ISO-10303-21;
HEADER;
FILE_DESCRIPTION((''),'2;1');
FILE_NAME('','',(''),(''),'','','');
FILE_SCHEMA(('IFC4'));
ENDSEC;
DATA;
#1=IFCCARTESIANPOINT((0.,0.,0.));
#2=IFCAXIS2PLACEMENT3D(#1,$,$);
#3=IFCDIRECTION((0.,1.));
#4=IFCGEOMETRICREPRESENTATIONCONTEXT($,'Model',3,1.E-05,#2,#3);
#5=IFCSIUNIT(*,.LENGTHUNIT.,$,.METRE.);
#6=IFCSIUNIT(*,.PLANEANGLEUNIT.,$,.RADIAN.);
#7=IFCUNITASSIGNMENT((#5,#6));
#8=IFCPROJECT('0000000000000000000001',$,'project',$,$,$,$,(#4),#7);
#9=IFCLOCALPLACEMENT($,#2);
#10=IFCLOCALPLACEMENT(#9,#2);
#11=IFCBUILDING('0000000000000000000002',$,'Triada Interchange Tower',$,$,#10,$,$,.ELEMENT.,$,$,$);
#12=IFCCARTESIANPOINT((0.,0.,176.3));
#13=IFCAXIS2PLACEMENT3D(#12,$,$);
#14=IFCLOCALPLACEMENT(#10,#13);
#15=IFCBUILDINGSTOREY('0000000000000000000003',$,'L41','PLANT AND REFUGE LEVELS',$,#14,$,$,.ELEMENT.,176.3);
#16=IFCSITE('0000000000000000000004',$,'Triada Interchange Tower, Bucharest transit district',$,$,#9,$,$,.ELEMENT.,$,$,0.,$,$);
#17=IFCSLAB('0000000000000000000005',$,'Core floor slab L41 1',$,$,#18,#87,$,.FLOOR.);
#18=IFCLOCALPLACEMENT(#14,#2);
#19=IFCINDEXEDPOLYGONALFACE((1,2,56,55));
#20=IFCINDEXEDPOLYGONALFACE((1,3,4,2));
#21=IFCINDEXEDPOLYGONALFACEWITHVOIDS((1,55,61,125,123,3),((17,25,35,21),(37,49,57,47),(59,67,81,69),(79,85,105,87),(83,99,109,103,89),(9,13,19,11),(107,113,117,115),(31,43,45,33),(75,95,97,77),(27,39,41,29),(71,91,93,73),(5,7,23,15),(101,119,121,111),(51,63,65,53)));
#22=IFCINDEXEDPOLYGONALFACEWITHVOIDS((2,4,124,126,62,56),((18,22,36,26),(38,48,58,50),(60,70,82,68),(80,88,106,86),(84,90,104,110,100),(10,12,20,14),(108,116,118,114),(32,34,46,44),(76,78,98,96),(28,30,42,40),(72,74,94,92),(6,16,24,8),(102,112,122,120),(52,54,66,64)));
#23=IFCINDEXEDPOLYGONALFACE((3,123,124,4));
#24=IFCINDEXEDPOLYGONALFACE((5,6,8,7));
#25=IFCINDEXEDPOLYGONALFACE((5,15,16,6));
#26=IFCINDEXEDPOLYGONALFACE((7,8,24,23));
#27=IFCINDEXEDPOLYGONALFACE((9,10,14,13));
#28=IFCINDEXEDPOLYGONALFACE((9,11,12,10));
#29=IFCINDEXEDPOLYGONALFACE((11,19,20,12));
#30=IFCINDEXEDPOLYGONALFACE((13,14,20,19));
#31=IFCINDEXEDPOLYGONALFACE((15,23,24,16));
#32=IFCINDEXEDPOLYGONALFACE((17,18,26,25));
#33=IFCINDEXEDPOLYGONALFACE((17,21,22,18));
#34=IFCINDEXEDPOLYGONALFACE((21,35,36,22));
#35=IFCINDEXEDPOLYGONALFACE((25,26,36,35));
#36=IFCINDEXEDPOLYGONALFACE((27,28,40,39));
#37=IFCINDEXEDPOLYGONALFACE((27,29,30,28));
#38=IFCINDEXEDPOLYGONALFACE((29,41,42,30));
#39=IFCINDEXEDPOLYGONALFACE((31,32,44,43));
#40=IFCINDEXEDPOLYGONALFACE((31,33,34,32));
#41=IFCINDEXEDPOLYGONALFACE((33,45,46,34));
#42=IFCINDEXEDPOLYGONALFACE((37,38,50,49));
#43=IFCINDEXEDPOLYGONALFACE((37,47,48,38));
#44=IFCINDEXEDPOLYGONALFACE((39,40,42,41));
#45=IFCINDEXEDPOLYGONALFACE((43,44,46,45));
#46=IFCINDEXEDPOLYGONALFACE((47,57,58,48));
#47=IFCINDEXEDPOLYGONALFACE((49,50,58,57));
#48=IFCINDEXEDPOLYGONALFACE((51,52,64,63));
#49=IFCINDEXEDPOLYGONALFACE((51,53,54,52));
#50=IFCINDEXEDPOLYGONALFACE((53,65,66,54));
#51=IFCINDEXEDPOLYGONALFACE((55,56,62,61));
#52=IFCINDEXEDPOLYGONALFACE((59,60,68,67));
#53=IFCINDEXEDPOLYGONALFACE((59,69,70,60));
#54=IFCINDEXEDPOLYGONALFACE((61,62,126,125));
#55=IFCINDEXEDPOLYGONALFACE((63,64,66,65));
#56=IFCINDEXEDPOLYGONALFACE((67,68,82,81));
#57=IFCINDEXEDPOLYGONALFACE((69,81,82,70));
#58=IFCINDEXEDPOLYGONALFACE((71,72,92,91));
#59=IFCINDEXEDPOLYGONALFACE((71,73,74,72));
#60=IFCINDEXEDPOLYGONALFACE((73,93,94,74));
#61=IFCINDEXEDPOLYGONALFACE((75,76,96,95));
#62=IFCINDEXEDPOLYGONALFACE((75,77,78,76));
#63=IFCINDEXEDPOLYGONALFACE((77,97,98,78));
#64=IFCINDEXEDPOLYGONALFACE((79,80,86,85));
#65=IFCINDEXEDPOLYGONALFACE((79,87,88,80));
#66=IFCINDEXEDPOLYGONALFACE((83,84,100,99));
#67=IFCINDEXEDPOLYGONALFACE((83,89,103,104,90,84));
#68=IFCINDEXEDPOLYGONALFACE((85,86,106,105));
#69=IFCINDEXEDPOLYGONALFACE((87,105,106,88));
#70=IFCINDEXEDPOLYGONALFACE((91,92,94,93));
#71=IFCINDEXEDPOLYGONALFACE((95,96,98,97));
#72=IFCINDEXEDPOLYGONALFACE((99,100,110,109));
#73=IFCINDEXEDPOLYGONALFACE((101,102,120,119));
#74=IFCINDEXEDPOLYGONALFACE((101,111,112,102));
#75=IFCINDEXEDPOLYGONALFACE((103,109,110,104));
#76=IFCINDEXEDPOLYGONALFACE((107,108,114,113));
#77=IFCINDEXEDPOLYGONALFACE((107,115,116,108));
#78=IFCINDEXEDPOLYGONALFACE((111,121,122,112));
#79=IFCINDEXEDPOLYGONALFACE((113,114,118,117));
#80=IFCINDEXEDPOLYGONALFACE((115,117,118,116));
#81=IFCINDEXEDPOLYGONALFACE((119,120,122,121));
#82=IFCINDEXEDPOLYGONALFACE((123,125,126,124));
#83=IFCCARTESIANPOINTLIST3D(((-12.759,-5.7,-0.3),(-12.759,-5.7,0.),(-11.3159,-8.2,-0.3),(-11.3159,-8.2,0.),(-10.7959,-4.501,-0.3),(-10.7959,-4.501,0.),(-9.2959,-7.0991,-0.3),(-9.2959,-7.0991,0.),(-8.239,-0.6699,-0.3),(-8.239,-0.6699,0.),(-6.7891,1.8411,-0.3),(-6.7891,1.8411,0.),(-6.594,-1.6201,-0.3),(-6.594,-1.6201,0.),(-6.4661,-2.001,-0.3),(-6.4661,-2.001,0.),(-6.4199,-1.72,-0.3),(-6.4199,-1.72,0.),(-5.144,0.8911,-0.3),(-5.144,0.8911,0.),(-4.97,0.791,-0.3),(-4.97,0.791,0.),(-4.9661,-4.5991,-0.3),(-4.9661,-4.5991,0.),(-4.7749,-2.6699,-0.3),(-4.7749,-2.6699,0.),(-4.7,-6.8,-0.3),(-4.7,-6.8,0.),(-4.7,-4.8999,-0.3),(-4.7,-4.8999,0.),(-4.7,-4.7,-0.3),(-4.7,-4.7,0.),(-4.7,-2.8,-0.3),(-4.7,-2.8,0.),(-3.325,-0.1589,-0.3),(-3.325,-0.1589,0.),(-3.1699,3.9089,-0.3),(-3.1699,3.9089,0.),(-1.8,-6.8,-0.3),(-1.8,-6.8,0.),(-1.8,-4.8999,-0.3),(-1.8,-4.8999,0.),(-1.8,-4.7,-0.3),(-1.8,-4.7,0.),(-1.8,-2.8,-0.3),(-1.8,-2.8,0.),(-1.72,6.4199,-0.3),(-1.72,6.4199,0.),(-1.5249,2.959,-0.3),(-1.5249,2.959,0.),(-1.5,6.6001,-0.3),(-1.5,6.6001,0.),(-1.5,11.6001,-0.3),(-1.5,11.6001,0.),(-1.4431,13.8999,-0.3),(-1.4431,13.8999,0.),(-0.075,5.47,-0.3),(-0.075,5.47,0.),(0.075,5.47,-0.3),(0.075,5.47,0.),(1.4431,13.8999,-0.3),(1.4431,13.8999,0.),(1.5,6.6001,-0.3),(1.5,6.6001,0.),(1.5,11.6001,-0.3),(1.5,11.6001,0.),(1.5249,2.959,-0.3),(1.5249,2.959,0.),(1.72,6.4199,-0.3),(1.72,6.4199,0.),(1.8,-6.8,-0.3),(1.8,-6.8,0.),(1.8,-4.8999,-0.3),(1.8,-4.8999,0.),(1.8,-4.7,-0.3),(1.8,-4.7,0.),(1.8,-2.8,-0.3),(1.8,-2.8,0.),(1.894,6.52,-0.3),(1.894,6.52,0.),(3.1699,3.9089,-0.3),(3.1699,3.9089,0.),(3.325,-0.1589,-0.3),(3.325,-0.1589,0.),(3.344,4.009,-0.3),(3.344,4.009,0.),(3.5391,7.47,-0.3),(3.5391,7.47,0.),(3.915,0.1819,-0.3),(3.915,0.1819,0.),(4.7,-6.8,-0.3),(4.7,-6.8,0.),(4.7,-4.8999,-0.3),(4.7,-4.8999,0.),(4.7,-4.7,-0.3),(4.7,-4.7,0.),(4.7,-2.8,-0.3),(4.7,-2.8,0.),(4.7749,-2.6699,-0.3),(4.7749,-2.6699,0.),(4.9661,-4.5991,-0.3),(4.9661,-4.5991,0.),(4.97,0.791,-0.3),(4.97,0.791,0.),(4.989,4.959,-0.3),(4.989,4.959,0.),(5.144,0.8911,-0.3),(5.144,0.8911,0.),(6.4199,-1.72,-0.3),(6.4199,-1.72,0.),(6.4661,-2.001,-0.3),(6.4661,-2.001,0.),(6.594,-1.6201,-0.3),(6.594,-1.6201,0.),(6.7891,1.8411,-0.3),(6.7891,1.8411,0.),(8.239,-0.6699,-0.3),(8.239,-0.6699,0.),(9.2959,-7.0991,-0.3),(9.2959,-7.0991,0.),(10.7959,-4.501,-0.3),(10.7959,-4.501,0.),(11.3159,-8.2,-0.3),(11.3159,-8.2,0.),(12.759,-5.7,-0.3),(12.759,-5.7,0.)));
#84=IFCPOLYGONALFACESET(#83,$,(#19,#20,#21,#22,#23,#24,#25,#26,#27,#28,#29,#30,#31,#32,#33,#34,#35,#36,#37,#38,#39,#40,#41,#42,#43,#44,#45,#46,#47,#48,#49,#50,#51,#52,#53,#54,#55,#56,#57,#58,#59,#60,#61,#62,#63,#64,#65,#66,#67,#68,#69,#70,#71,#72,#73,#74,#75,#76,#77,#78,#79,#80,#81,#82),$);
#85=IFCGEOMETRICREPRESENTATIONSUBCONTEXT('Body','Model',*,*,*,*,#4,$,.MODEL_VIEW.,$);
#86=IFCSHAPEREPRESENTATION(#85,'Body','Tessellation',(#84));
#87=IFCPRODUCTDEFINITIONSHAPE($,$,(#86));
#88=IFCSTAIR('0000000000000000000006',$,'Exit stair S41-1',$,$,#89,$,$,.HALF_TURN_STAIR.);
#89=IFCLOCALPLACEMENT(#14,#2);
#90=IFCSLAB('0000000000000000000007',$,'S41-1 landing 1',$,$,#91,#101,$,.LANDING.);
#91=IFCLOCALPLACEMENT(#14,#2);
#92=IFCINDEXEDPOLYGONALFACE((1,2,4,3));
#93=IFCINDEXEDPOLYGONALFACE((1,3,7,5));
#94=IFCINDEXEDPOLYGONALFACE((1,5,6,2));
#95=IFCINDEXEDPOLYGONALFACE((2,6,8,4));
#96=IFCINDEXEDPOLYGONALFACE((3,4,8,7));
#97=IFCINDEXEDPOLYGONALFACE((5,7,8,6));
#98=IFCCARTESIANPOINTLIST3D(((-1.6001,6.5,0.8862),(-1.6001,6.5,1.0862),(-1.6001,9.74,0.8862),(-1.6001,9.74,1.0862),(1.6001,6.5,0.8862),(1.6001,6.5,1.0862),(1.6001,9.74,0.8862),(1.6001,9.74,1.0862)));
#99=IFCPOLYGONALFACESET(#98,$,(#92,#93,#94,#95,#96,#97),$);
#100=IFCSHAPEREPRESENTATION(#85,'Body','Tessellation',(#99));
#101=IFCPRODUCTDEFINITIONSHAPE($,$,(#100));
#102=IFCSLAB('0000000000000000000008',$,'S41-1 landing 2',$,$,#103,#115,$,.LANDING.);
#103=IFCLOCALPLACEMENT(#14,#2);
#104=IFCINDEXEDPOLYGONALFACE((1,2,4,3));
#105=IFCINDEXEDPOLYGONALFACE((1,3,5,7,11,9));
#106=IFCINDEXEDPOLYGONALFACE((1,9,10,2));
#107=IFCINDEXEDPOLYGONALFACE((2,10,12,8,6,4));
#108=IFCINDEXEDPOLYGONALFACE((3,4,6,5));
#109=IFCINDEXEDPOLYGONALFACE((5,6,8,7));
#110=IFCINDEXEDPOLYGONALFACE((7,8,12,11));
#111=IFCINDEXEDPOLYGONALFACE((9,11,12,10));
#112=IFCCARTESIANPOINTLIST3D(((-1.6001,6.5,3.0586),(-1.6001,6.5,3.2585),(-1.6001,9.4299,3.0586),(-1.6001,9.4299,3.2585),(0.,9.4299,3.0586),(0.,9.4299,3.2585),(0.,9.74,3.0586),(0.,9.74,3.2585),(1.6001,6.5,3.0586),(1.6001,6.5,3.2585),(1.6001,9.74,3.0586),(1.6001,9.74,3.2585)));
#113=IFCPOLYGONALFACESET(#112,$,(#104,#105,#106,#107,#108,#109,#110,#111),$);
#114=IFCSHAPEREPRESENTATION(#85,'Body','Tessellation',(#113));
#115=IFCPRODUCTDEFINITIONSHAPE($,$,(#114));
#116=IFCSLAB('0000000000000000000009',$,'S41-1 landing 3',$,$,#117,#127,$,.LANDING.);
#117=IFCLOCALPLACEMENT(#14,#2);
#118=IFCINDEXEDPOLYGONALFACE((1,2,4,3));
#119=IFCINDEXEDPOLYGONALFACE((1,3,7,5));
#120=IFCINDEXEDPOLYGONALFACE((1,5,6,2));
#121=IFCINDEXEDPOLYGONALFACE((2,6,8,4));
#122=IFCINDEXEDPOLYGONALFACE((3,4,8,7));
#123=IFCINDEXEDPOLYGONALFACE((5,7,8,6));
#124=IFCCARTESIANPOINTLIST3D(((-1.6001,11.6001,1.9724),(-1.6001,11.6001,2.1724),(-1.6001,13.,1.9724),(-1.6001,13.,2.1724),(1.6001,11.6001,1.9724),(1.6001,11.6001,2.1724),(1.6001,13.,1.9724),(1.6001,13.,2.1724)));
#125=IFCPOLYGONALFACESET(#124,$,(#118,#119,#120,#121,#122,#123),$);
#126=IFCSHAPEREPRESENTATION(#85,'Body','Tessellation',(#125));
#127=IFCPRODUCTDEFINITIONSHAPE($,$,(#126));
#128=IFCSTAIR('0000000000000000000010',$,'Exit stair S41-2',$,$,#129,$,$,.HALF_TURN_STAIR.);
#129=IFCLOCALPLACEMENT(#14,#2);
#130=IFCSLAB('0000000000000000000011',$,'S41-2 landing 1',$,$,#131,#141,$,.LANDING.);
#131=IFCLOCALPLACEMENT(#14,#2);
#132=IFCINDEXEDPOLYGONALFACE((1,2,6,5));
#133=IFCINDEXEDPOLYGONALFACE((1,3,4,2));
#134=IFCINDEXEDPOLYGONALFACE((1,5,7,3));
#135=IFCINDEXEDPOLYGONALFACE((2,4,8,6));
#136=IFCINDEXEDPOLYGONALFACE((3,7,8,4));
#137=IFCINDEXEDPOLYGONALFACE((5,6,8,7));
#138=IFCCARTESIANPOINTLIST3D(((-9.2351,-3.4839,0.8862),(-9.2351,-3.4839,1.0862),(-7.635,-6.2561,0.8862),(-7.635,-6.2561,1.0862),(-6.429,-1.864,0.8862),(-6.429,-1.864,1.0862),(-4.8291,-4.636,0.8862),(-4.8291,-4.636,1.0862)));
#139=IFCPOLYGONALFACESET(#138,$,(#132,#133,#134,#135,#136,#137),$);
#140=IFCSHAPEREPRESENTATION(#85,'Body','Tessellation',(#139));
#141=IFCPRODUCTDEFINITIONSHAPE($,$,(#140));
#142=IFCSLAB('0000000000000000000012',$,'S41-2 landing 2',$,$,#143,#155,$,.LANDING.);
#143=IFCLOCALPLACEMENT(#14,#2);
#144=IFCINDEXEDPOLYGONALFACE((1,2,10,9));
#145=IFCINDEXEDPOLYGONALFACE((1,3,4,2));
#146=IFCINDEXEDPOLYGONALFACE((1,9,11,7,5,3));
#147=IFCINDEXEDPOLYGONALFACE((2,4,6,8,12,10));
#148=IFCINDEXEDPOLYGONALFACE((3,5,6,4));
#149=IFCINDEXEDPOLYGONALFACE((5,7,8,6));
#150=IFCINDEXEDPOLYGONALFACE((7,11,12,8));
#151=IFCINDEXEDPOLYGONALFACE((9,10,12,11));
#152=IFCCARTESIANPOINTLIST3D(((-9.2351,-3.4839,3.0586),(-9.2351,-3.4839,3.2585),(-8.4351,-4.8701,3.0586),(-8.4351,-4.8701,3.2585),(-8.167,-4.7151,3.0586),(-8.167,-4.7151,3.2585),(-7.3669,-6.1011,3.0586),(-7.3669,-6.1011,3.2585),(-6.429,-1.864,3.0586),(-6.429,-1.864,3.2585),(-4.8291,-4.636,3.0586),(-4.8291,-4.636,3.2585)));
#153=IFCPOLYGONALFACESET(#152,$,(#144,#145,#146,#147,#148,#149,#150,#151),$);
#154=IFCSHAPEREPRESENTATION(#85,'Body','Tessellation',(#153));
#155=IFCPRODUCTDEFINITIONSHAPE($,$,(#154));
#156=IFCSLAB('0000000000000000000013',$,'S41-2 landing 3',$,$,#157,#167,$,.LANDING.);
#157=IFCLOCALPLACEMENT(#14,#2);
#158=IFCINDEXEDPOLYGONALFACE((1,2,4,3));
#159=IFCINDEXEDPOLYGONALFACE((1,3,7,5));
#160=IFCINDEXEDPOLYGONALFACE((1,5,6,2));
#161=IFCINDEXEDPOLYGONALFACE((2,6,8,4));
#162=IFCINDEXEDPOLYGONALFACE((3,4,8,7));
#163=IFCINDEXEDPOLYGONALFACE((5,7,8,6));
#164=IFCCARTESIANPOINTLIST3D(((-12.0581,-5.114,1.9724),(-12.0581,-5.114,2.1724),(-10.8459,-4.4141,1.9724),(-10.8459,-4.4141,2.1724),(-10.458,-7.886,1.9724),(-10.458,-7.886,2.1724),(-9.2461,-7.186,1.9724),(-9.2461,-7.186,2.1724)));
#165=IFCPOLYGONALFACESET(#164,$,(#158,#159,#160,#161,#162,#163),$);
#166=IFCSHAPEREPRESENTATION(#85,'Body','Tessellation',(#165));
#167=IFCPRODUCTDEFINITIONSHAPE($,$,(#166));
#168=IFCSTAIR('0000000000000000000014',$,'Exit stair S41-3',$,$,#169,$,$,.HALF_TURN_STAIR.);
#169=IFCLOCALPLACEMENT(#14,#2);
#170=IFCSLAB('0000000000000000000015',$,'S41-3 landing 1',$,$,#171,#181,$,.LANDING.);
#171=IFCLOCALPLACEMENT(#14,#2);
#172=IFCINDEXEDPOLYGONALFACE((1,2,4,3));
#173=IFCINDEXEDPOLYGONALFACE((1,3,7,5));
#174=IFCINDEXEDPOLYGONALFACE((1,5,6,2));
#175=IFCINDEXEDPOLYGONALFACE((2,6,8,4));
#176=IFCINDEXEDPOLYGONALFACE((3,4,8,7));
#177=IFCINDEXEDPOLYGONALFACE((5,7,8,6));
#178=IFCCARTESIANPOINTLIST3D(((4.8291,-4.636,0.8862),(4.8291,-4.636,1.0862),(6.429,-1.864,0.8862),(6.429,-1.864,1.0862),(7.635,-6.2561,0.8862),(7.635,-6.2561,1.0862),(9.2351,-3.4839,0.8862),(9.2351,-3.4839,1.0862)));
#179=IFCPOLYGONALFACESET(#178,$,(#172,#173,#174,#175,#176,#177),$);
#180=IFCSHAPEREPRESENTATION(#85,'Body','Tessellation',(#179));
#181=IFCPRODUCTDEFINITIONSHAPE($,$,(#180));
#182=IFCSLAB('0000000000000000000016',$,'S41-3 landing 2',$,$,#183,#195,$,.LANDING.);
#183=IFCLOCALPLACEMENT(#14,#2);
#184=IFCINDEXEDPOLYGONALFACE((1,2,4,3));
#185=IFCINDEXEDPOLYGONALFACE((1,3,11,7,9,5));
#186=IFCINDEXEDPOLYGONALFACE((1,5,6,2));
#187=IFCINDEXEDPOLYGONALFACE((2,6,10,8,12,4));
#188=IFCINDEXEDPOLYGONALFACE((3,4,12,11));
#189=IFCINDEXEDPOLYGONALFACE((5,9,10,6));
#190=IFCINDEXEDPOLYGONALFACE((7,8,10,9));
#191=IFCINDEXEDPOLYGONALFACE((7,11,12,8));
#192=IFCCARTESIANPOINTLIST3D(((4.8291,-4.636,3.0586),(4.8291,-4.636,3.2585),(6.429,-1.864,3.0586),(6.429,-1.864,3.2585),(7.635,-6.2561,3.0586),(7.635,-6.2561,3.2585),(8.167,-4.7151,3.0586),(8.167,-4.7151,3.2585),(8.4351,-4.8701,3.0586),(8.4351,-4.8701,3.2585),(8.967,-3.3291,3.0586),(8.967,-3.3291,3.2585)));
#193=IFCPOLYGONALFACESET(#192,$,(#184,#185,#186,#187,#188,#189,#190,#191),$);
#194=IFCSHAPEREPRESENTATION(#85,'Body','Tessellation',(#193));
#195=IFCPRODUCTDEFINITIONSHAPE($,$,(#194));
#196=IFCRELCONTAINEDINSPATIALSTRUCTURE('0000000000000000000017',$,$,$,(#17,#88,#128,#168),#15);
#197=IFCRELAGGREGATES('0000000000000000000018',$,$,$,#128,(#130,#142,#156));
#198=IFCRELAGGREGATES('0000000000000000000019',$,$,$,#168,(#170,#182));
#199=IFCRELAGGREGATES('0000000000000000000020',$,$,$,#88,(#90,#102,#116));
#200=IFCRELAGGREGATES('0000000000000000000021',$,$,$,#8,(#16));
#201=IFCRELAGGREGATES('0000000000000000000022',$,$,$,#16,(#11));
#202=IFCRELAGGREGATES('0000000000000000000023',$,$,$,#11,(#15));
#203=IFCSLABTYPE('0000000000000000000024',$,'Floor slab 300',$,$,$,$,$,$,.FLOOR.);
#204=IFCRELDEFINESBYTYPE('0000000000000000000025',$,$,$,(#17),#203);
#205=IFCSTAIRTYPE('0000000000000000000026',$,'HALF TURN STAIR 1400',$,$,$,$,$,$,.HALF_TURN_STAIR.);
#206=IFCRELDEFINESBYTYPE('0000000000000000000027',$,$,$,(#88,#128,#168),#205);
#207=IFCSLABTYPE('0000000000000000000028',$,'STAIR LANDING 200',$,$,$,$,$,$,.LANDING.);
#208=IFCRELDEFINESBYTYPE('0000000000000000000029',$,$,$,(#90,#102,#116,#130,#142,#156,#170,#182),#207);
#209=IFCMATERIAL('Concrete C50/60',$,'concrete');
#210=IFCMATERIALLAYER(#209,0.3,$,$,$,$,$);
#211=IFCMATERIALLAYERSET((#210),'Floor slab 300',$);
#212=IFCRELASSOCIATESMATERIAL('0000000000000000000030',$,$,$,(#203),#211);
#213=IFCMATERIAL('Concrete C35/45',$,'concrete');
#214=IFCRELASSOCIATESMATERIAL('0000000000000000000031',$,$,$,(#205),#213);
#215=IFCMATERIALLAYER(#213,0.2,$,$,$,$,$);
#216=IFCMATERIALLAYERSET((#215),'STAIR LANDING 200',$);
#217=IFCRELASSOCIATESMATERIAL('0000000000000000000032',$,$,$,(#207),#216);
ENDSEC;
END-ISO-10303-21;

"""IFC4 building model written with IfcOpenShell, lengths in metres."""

from ifc_helpers import new_model, si_unit, direction, frame, origin, place, context, subcontext, project, spatial, polyline, outline, extrude, material, layer, layer_set, type_object, element, aggregate, save


model = new_model("IFC4")

# Units and contexts
model_context = context("Model", 3, precision=1e-05, world=origin(), true_north=direction((0.0, 1.0)))
body_context = subcontext(model_context, "Body", "Model", "MODEL_VIEW")
ifc_project = project(units=[si_unit("LENGTHUNIT", "METRE"), si_unit("PLANEANGLEUNIT", "RADIAN")], contexts=[model_context])

# Site, building, storey
site_placement = place(None, origin())
site = spatial("IfcSite", under=ifc_project, at=site_placement, Name="Triada Interchange Tower, Bucharest transit district", CompositionType="ELEMENT", RefElevation=0.0)
building_placement = place(site_placement, origin())
building = spatial("IfcBuilding", under=site, at=building_placement, Name="Triada Interchange Tower", CompositionType="ELEMENT")
storey_placement = place(building_placement, frame((0.0, 0.0, 176.3)))
storey = spatial("IfcBuildingStorey", under=building, at=storey_placement, Name="L41", Description="PLANT AND REFUGE LEVELS", CompositionType="ELEMENT", Elevation=176.3)

# Slab
ifc_material_1 = material(Name="Concrete C50/60", Category="concrete")
ifc_layer_1 = layer(ifc_material_1, 0.3)
ifc_layer_set_1 = layer_set([ifc_layer_1], Name="Floor slab 300")
slab_type_1 = type_object("IfcSlabType", Name="Floor slab 300", PredefinedType="FLOOR", material=ifc_layer_set_1)
slab_1_placement = place(storey_placement, frame((0.0, 0.0, -0.3)))
element("IfcSlab", 1, at=slab_1_placement, inside=storey, type_object=slab_type_1, Name="Core floor slab L41 1", PredefinedType="FLOOR", context=body_context, shape_type="SweptSolid", body=[
    extrude(outline(polyline([(12.759, -5.7), (11.3159, -8.2), (-11.3159, -8.2), (-12.759, -5.7), (-1.4431, 13.8999), (1.4431, 13.8999), (12.759, -5.7)]), holes=[polyline([(9.2959, -7.0991), (10.7959, -4.501), (6.4661, -2.001), (4.9661, -4.5991), (9.2959, -7.0991)]), polyline([(6.7891, 1.8411), (5.144, 0.8911), (6.594, -1.6201), (8.239, -0.6699), (6.7891, 1.8411)]), polyline([(4.7749, -2.6699), (6.4199, -1.72), (4.97, 0.791), (3.915, 0.1819), (3.325, -0.1589), (4.7749, -2.6699)]), polyline([(1.894, 6.52), (3.344, 4.009), (4.989, 4.959), (3.5391, 7.47), (1.894, 6.52)]), polyline([(4.7, -6.8), (4.7, -4.8999), (1.8, -4.8999), (1.8, -6.8), (4.7, -6.8)]), polyline([(4.7, -2.8), (1.8, -2.8), (1.8, -4.7), (4.7, -4.7), (4.7, -2.8)]), polyline([(0.075, 5.47), (1.5249, 2.959), (3.1699, 3.9089), (1.72, 6.4199), (0.075, 5.47)]), polyline([(1.5, 11.6001), (-1.5, 11.6001), (-1.5, 6.6001), (1.5, 6.6001), (1.5, 11.6001)]), polyline([(-1.5249, 2.959), (-0.075, 5.47), (-1.72, 6.4199), (-3.1699, 3.9089), (-1.5249, 2.959)]), polyline([(-1.8, -2.8), (-4.7, -2.8), (-4.7, -4.7), (-1.8, -4.7), (-1.8, -2.8)]), polyline([(-4.7, -6.8), (-1.8, -6.8), (-1.8, -4.8999), (-4.7, -4.8999), (-4.7, -6.8)]), polyline([(-4.7749, -2.6699), (-3.325, -0.1589), (-4.97, 0.791), (-6.4199, -1.72), (-4.7749, -2.6699)]), polyline([(-10.7959, -4.501), (-9.2959, -7.0991), (-4.9661, -4.5991), (-6.4661, -2.001), (-10.7959, -4.501)]), polyline([(-6.594, -1.6201), (-5.144, 0.8911), (-6.7891, 1.8411), (-8.239, -0.6699), (-6.594, -1.6201)])]), origin(), (0.0, 0.0, 1.0), 0.3),
])

# Stairs, slabs
ifc_material_2 = material(Name="Concrete C35/45", Category="concrete")
stair_type = type_object("IfcStairType", Name="HALF TURN STAIR 1400", PredefinedType="HALF_TURN_STAIR", material=ifc_material_2)
stair_1_placement = place(storey_placement, origin())
stair_1 = element("IfcStair", 2, at=stair_1_placement, inside=storey, type_object=stair_type, Name="Exit stair S41-1", PredefinedType="HALF_TURN_STAIR")
ifc_layer_2 = layer(ifc_material_2, 0.2)
ifc_layer_set_2 = layer_set([ifc_layer_2], Name="STAIR LANDING 200")
slab_type_2 = type_object("IfcSlabType", Name="STAIR LANDING 200", PredefinedType="LANDING", material=ifc_layer_set_2)
slab_2_placement = place(storey_placement, frame((0.0, 0.0, 0.8862)))
slab_2 = element("IfcSlab", 3, at=slab_2_placement, type_object=slab_type_2, Name="S41-1 landing 1", PredefinedType="LANDING", context=body_context, shape_type="SweptSolid", body=[
    extrude(outline(polyline([(1.6001, 6.5), (1.6001, 9.74), (-1.6001, 9.74), (-1.6001, 6.5), (1.6001, 6.5)])), origin(), (0.0, 0.0, 1.0), 0.2),
])
slab_3_placement = place(storey_placement, frame((0.0, 0.0, 3.0586)))
slab_3 = element("IfcSlab", 4, at=slab_3_placement, type_object=slab_type_2, Name="S41-1 landing 2", PredefinedType="LANDING", context=body_context, shape_type="SweptSolid", body=[
    extrude(outline(polyline([(1.6001, 6.5), (1.6001, 9.74), (0.0, 9.74), (0.0, 9.4299), (-1.6001, 9.4299), (-1.6001, 6.5), (1.6001, 6.5)])), origin(), (0.0, 0.0, 1.0), 0.2),
])
slab_4_placement = place(storey_placement, frame((0.0, 0.0, 1.9724)))
slab_4 = element("IfcSlab", 5, at=slab_4_placement, type_object=slab_type_2, Name="S41-1 landing 3", PredefinedType="LANDING", context=body_context, shape_type="SweptSolid", body=[
    extrude(outline(polyline([(1.6001, 11.6001), (1.6001, 13.0), (-1.6001, 13.0), (-1.6001, 11.6001), (1.6001, 11.6001)])), origin(), (0.0, 0.0, 1.0), 0.2),
])
stair_2_placement = place(storey_placement, origin())
stair_2 = element("IfcStair", 6, at=stair_2_placement, inside=storey, type_object=stair_type, Name="Exit stair S41-2", PredefinedType="HALF_TURN_STAIR")
slab_5_placement = place(storey_placement, frame((0.0, 0.0, 0.8862)))
slab_5 = element("IfcSlab", 7, at=slab_5_placement, type_object=slab_type_2, Name="S41-2 landing 1", PredefinedType="LANDING", context=body_context, shape_type="SweptSolid", body=[
    extrude(outline(polyline([(-6.429, -1.864), (-9.2351, -3.4839), (-7.635, -6.2561), (-4.8291, -4.636), (-6.429, -1.864)])), origin(), (0.0, 0.0, 1.0), 0.2),
])
slab_6_placement = place(storey_placement, frame((0.0, 0.0, 3.0586)))
slab_6 = element("IfcSlab", 8, at=slab_6_placement, type_object=slab_type_2, Name="S41-2 landing 2", PredefinedType="LANDING", context=body_context, shape_type="SweptSolid", body=[
    extrude(outline(polyline([(-6.429, -1.864), (-9.2351, -3.4839), (-8.4351, -4.8701), (-8.167, -4.7151), (-7.3669, -6.1011), (-4.8291, -4.636), (-6.429, -1.864)])), origin(), (0.0, 0.0, 1.0), 0.2),
])
slab_7_placement = place(storey_placement, frame((0.0, 0.0, 1.9724)))
slab_7 = element("IfcSlab", 9, at=slab_7_placement, type_object=slab_type_2, Name="S41-2 landing 3", PredefinedType="LANDING", context=body_context, shape_type="SweptSolid", body=[
    extrude(outline(polyline([(-10.8459, -4.4141), (-12.0581, -5.114), (-10.458, -7.886), (-9.2461, -7.186), (-10.8459, -4.4141)])), origin(), (0.0, 0.0, 1.0), 0.2),
])
aggregate(stair_2, [slab_5, slab_6, slab_7])
stair_3_placement = place(storey_placement, origin())
stair_3 = element("IfcStair", 10, at=stair_3_placement, inside=storey, type_object=stair_type, Name="Exit stair S41-3", PredefinedType="HALF_TURN_STAIR")
slab_8_placement = place(storey_placement, frame((0.0, 0.0, 0.8862)))
slab_8 = element("IfcSlab", 11, at=slab_8_placement, type_object=slab_type_2, Name="S41-3 landing 1", PredefinedType="LANDING", context=body_context, shape_type="SweptSolid", body=[
    extrude(outline(polyline([(4.8291, -4.636), (7.635, -6.2561), (9.2351, -3.4839), (6.429, -1.864), (4.8291, -4.636)])), origin(), (0.0, 0.0, 1.0), 0.2),
])
slab_9_placement = place(storey_placement, frame((0.0, 0.0, 3.0586)))
slab_9 = element("IfcSlab", 12, at=slab_9_placement, type_object=slab_type_2, Name="S41-3 landing 2", PredefinedType="LANDING", context=body_context, shape_type="SweptSolid", body=[
    extrude(outline(polyline([(4.8291, -4.636), (7.635, -6.2561), (8.4351, -4.8701), (8.167, -4.7151), (8.967, -3.3291), (6.429, -1.864), (4.8291, -4.636)])), origin(), (0.0, 0.0, 1.0), 0.2),
])
aggregate(stair_3, [slab_8, slab_9])

aggregate(stair_1, [slab_2, slab_3, slab_4])

save(model, "model.ifc")
